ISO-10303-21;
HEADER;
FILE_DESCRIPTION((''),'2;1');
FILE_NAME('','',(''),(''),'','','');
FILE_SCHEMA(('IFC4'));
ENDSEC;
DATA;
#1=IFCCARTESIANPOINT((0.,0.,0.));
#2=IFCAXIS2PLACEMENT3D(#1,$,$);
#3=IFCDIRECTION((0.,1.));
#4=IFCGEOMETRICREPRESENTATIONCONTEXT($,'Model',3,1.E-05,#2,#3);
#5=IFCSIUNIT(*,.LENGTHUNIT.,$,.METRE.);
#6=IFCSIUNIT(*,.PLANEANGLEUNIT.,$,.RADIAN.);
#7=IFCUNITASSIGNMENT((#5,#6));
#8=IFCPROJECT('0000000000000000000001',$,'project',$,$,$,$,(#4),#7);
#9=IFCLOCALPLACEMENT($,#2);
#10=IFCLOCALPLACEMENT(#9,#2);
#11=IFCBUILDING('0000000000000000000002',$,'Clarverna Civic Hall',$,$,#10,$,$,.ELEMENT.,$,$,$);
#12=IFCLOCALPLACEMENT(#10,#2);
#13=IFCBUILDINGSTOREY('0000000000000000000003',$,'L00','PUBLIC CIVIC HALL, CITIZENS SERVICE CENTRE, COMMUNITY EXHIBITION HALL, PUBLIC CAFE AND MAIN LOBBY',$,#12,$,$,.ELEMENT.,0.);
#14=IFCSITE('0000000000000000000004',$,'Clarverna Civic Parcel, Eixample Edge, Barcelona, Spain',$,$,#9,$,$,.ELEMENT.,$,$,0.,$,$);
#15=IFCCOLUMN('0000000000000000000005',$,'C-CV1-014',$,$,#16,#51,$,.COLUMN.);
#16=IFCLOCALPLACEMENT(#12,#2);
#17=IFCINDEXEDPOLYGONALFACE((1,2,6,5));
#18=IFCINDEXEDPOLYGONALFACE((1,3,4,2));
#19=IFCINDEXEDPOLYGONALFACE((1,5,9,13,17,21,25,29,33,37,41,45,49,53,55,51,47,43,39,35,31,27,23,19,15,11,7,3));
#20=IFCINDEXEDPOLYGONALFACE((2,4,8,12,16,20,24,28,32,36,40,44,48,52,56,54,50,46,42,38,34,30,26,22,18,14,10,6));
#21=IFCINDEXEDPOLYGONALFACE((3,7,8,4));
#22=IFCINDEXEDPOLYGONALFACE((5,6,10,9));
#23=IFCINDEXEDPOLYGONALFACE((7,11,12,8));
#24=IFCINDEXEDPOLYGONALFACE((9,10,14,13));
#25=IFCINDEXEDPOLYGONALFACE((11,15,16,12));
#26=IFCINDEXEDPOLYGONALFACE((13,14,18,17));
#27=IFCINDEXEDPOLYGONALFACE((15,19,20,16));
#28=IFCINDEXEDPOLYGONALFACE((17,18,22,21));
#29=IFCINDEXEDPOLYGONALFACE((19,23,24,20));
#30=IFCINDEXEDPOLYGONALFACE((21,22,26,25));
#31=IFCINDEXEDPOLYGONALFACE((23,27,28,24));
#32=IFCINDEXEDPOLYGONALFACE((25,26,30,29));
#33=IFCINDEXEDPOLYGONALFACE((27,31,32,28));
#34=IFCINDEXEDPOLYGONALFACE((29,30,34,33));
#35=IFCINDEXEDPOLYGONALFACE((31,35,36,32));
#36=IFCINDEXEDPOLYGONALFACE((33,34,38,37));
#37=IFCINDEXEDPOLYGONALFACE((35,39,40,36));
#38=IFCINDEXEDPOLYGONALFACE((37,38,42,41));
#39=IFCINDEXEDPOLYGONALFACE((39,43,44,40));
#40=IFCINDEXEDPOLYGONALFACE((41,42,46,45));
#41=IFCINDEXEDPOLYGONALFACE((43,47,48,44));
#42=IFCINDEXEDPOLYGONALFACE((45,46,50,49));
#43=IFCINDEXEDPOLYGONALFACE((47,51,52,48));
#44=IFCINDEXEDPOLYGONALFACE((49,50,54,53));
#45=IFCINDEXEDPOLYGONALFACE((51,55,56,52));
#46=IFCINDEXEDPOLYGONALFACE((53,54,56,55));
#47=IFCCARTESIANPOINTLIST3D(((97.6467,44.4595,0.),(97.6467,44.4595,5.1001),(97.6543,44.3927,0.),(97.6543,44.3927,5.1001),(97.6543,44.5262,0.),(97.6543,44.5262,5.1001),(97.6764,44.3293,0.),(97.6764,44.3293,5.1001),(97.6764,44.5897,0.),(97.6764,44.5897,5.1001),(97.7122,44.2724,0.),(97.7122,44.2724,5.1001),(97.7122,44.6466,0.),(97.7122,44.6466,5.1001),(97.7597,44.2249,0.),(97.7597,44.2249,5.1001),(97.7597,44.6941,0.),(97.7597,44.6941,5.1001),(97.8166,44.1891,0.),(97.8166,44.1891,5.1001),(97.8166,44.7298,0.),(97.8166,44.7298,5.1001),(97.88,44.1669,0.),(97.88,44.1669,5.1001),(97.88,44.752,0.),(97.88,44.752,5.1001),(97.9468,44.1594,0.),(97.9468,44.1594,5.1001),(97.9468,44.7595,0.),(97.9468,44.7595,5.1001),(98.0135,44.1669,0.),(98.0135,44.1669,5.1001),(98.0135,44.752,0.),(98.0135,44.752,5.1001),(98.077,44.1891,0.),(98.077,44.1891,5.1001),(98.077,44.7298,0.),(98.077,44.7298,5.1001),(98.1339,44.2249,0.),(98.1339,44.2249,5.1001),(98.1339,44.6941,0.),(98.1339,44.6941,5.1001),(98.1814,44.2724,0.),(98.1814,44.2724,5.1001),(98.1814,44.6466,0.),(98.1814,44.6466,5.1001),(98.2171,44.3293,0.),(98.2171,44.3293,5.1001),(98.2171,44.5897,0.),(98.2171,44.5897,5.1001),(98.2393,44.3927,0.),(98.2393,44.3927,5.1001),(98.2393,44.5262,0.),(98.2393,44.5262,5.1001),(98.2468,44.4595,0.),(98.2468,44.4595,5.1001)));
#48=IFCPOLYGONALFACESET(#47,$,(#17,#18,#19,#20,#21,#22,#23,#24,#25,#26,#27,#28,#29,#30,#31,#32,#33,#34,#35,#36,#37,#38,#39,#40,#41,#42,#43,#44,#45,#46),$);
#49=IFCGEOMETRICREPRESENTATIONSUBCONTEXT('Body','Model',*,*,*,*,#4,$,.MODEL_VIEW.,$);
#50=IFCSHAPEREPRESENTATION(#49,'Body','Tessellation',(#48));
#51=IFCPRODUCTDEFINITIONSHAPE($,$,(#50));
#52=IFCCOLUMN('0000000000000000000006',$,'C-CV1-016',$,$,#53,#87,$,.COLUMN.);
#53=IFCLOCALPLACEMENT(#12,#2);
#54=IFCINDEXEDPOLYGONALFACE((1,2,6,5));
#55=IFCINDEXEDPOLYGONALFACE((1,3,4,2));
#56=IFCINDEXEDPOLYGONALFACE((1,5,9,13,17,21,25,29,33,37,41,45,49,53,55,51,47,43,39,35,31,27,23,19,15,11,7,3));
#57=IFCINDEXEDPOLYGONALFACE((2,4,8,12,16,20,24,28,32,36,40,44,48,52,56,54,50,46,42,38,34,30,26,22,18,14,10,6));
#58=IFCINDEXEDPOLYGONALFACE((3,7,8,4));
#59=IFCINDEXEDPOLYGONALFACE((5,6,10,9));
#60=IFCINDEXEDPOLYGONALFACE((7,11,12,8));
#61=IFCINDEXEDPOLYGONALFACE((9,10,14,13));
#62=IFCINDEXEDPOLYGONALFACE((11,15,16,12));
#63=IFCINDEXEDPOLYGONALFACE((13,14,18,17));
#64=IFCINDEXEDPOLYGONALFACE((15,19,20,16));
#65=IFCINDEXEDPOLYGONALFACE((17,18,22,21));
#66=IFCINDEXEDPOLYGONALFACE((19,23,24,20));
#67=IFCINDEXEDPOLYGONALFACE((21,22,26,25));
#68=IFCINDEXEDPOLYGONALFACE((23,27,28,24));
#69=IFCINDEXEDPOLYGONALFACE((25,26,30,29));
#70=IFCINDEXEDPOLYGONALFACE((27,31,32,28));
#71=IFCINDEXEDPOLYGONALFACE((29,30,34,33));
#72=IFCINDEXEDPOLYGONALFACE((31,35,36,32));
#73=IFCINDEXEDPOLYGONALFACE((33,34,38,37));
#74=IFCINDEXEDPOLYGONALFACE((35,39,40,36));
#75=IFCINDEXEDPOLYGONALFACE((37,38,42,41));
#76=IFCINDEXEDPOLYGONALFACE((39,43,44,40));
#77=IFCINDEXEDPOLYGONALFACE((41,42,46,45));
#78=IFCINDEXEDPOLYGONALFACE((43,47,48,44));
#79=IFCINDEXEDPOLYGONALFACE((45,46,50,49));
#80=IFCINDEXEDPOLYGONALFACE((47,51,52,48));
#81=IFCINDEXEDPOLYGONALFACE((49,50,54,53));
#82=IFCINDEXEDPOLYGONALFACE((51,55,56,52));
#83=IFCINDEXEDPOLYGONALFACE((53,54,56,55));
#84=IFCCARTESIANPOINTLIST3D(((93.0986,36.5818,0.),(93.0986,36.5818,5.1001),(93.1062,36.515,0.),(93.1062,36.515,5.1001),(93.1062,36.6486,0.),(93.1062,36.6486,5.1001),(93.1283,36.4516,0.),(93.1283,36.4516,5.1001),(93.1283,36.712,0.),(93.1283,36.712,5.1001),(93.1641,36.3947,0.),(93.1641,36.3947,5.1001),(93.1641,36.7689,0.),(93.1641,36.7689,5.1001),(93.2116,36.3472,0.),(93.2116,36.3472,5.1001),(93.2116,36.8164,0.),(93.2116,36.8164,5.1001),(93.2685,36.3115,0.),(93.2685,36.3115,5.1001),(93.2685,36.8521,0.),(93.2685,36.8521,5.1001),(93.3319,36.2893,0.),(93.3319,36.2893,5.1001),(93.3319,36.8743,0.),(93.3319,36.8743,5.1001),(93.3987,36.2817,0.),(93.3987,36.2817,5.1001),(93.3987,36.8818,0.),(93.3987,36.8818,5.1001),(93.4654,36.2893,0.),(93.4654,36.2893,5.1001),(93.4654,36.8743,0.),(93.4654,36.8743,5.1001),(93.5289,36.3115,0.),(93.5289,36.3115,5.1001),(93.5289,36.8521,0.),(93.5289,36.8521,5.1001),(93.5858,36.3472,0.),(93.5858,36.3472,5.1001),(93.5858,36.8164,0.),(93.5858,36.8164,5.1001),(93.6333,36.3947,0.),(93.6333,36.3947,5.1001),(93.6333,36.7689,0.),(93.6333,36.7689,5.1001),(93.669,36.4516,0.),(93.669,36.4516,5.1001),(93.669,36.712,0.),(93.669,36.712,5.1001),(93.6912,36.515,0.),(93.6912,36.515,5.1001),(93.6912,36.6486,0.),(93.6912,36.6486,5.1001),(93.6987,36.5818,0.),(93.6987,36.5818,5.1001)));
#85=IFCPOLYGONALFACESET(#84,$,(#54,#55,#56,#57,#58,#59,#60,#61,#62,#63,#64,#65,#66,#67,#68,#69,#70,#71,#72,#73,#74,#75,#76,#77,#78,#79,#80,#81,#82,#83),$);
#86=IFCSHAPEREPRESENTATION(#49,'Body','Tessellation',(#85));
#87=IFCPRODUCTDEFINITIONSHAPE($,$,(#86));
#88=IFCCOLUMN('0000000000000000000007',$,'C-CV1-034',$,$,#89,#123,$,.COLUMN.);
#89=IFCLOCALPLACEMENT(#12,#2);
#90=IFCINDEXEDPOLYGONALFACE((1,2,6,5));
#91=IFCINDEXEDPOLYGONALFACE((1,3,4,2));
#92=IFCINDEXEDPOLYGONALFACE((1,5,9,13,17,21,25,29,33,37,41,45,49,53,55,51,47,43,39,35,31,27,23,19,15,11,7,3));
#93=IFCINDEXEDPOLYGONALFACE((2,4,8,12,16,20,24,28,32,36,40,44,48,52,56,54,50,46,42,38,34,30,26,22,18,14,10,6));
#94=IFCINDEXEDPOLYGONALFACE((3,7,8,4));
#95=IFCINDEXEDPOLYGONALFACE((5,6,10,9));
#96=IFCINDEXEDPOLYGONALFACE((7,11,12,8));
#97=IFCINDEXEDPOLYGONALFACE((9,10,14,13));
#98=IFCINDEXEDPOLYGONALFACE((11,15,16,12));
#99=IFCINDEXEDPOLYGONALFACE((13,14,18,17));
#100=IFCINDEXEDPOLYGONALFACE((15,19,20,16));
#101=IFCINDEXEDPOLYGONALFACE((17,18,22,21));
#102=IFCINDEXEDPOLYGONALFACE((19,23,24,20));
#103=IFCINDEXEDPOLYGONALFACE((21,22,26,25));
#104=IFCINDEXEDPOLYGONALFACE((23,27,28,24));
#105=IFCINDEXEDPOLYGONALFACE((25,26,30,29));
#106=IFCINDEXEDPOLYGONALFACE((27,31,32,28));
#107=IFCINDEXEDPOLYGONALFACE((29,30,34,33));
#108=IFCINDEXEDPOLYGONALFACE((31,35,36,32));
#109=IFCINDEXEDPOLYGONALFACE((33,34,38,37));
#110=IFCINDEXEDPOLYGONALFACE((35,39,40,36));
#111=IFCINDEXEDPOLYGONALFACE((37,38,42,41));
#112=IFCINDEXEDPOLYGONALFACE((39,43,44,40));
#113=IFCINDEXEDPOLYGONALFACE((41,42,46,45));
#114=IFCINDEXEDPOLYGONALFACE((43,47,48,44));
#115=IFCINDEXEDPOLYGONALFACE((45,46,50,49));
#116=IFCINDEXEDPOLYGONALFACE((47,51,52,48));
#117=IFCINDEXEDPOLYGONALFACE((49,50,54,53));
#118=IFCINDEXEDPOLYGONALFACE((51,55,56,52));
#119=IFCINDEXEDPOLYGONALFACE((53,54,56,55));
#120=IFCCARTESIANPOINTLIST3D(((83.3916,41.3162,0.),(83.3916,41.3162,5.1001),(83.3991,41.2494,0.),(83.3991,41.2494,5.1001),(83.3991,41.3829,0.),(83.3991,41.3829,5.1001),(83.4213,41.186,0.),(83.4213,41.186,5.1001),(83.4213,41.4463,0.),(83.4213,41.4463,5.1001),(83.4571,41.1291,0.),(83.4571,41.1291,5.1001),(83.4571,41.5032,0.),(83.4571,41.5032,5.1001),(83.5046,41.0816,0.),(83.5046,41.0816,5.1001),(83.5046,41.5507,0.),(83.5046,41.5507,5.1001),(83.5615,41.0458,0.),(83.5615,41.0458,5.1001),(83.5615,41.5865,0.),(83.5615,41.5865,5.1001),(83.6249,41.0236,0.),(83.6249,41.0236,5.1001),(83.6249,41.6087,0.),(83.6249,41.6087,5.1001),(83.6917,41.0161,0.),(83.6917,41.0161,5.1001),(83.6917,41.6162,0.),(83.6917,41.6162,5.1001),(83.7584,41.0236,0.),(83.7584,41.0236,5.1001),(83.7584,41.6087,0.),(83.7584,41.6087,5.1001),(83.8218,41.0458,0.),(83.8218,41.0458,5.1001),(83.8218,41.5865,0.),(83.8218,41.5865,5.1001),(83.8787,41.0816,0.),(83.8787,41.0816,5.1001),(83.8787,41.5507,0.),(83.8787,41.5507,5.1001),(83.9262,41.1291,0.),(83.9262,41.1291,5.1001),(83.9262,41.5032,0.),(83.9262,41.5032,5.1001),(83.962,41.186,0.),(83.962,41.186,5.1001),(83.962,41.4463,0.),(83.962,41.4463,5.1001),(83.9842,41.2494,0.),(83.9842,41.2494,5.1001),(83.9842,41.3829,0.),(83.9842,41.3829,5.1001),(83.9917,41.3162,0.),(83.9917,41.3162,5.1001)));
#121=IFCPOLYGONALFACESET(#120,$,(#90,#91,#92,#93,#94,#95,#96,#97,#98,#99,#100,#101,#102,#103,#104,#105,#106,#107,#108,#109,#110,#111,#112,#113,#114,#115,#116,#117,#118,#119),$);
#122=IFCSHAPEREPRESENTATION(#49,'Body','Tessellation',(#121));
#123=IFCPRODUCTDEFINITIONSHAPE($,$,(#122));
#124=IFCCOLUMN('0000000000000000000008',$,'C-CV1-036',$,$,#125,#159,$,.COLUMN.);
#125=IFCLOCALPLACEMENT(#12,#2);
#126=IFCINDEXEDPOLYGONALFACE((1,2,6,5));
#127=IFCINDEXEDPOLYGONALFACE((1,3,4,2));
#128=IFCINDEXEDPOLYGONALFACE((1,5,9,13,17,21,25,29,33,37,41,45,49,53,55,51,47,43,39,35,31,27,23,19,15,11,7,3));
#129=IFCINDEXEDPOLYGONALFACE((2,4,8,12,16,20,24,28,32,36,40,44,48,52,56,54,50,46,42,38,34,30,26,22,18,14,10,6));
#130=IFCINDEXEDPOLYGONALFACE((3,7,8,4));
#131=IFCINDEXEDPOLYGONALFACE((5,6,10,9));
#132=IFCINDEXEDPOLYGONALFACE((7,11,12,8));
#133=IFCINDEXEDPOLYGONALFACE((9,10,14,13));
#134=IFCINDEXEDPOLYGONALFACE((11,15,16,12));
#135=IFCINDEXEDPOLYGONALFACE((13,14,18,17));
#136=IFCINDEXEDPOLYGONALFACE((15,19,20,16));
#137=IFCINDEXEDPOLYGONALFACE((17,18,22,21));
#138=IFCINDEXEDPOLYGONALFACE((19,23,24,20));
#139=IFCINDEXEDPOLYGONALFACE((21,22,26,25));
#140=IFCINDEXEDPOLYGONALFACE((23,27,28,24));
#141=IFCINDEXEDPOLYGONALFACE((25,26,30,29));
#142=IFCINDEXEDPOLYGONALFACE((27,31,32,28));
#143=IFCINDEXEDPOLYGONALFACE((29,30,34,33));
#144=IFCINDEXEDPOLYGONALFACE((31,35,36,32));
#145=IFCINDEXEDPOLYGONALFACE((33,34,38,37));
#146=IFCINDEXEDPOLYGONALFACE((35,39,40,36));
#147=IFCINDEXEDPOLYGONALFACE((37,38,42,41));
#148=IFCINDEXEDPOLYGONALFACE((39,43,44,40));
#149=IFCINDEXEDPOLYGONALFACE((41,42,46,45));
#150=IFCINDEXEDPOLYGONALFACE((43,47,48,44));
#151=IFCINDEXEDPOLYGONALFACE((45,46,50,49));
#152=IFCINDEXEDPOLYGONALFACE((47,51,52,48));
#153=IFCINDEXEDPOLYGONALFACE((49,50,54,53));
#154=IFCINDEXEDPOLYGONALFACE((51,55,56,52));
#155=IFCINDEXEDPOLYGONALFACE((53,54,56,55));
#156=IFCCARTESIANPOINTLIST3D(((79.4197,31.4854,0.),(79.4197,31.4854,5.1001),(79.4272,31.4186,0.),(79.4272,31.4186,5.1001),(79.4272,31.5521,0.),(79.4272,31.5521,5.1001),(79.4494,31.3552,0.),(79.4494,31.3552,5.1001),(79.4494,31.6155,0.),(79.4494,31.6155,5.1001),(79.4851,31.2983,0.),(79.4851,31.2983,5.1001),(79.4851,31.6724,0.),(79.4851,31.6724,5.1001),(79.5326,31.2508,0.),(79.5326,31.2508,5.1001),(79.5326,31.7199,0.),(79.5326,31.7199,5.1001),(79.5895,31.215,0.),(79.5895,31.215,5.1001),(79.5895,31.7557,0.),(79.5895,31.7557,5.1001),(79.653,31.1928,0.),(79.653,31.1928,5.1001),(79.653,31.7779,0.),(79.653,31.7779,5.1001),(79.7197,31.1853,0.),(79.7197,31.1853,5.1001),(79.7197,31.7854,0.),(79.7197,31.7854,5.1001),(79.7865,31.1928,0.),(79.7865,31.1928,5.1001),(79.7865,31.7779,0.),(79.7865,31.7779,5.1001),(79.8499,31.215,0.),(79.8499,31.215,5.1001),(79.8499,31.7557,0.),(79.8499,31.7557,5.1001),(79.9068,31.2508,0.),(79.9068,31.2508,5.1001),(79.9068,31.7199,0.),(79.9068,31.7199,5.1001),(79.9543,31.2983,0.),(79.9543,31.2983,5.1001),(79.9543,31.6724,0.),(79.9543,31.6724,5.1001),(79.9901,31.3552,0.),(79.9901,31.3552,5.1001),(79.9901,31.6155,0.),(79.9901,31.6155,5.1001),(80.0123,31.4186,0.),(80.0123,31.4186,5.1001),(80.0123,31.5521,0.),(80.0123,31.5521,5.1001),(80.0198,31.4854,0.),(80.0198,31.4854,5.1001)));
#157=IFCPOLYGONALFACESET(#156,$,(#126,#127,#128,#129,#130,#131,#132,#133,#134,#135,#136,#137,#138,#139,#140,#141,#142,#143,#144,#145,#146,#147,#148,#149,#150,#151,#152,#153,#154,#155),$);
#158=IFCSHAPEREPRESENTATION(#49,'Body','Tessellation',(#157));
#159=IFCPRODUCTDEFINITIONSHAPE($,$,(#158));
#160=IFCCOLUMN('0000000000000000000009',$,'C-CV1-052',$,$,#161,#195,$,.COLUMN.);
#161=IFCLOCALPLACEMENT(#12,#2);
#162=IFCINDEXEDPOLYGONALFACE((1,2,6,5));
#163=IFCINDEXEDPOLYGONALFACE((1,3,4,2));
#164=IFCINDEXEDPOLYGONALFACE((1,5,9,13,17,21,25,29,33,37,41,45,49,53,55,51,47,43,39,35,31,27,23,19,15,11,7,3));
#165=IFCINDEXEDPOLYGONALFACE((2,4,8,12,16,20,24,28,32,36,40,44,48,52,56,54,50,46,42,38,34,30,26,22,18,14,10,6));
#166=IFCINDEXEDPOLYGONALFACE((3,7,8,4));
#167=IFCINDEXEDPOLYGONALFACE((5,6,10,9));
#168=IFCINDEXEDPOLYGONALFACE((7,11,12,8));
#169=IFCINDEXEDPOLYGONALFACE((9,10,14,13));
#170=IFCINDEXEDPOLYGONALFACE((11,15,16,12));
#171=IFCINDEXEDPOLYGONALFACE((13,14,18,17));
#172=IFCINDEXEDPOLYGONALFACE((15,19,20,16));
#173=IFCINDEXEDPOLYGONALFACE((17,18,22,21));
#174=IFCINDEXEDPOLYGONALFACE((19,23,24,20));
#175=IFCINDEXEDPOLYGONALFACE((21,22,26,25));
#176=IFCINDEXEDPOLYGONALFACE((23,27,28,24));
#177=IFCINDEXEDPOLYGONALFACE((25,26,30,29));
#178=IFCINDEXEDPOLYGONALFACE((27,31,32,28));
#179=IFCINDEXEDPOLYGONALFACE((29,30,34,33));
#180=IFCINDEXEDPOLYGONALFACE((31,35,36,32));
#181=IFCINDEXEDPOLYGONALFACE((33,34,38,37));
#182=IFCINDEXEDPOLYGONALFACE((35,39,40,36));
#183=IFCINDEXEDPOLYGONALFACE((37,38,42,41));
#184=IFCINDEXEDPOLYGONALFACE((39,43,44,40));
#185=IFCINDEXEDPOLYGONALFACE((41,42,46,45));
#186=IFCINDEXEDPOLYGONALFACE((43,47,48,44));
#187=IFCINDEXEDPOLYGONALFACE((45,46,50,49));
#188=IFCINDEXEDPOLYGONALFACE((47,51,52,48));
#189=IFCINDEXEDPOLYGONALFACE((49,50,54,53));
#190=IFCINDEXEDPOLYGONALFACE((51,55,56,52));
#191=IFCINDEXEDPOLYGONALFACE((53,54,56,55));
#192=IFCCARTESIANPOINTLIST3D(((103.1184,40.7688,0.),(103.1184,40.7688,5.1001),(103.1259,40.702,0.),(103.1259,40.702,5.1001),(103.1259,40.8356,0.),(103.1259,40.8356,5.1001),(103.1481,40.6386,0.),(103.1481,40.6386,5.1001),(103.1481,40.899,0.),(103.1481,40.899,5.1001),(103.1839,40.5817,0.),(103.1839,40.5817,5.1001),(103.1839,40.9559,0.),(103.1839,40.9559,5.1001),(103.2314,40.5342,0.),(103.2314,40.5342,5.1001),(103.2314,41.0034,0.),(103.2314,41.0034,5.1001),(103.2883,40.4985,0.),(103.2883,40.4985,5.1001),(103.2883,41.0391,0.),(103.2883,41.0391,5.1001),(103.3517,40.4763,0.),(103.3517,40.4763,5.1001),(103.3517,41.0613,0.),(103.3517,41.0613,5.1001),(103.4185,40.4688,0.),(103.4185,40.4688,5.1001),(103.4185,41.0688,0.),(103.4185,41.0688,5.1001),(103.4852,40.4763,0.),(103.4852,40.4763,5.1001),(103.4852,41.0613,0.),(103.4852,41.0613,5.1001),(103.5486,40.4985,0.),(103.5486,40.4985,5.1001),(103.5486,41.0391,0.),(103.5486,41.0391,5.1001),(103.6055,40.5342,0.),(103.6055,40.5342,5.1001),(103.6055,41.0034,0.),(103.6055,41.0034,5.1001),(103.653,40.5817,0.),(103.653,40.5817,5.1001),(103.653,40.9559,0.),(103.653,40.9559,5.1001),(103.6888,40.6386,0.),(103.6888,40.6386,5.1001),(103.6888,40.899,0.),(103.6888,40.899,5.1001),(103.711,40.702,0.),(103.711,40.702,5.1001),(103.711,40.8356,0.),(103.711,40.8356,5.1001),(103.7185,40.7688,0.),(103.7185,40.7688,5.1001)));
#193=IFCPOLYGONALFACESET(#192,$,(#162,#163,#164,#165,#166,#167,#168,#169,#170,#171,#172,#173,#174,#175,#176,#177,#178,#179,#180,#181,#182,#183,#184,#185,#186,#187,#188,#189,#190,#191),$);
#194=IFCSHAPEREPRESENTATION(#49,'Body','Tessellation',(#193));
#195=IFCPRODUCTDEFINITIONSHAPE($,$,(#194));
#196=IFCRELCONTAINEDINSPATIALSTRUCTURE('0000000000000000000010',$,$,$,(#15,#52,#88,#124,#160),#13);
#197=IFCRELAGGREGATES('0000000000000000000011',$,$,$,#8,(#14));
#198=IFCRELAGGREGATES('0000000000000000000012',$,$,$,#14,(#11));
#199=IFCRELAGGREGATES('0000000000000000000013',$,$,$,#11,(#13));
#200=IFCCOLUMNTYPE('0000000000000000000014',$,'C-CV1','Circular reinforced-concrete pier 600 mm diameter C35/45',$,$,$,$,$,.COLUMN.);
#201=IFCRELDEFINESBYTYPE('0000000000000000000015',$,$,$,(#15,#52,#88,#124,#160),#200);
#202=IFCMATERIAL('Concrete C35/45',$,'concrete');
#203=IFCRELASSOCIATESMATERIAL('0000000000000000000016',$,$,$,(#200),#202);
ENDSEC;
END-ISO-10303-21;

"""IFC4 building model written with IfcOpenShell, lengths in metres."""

from ifc_helpers import new_model, si_unit, direction, frame, origin, origin_2d, place, context, subcontext, project, spatial, circle, extrude, material, material_profile, profile_set, type_object, element, save


model = new_model("IFC4")

# Units and contexts
model_context = context("Model", 3, precision=1e-05, world=origin(), true_north=direction((0.0, 1.0)))
body_context = subcontext(model_context, "Body", "Model", "MODEL_VIEW")
ifc_project = project(units=[si_unit("LENGTHUNIT", "METRE"), si_unit("PLANEANGLEUNIT", "RADIAN")], contexts=[model_context])

# Site, building, storey
site_placement = place(None, origin())
site = spatial("IfcSite", under=ifc_project, at=site_placement, Name="Clarverna Civic Parcel, Eixample Edge, Barcelona, Spain", CompositionType="ELEMENT", RefElevation=0.0)
building_placement = place(site_placement, origin())
building = spatial("IfcBuilding", under=site, at=building_placement, Name="Clarverna Civic Hall", CompositionType="ELEMENT")
storey_placement = place(building_placement, origin())
storey = spatial("IfcBuildingStorey", under=building, at=storey_placement, Name="L00", Description="PUBLIC CIVIC HALL, CITIZENS SERVICE CENTRE, COMMUNITY EXHIBITION HALL, PUBLIC CAFE AND MAIN LOBBY", CompositionType="ELEMENT", Elevation=0.0)

# Columns
ifc_material_1 = material(Name="Concrete C35/45", Category="concrete")
ifc_material_profile_1 = material_profile(ifc_material_1, circle(Radius=0.3, at=origin_2d()), Name="RC D600")
ifc_profile_set_1 = profile_set([ifc_material_profile_1], Name="Concrete C35/45")
column_type_1 = type_object("IfcColumnType", Name="C-CV1", Description="Circular reinforced-concrete pier 600 mm diameter C35/45", PredefinedType="COLUMN", material=ifc_profile_set_1)
for number, where, z_axis, x_axis, name in (
    (1, (97.9468, 44.4595, 0.0), (0.0, 0.0, 1.0), (1.0, 0.0, 0.0), "C-CV1-014"),
    (2, (93.3987, 36.5818, 0.0), (0.0, 0.0, 1.0), (1.0, 0.0, 0.0), "C-CV1-016"),
    (3, (83.6917, 41.3162, 0.0), (0.0, 0.0, 1.0), (1.0, 0.0, 0.0), "C-CV1-034"),
    (4, (79.7197, 31.4854, 0.0), (0.0, 0.0, 1.0), (1.0, 0.0, 0.0), "C-CV1-036"),
    (5, (103.4185, 40.7688, 0.0), (0.0, 0.0, 1.0), (1.0, 0.0, 0.0), "C-CV1-052"),
):
    element("IfcColumn", number, at=place(storey_placement, frame(where, z_axis=z_axis, x_axis=x_axis)), inside=storey, type_object=column_type_1, Name=name, PredefinedType="COLUMN", context=body_context, shape_type="SweptSolid", body=[
        extrude(circle(Radius=0.3, at=origin_2d()), origin(), (0.0, 0.0, 1.0), 5.1001),
    ])

save(model, "model.ifc")
